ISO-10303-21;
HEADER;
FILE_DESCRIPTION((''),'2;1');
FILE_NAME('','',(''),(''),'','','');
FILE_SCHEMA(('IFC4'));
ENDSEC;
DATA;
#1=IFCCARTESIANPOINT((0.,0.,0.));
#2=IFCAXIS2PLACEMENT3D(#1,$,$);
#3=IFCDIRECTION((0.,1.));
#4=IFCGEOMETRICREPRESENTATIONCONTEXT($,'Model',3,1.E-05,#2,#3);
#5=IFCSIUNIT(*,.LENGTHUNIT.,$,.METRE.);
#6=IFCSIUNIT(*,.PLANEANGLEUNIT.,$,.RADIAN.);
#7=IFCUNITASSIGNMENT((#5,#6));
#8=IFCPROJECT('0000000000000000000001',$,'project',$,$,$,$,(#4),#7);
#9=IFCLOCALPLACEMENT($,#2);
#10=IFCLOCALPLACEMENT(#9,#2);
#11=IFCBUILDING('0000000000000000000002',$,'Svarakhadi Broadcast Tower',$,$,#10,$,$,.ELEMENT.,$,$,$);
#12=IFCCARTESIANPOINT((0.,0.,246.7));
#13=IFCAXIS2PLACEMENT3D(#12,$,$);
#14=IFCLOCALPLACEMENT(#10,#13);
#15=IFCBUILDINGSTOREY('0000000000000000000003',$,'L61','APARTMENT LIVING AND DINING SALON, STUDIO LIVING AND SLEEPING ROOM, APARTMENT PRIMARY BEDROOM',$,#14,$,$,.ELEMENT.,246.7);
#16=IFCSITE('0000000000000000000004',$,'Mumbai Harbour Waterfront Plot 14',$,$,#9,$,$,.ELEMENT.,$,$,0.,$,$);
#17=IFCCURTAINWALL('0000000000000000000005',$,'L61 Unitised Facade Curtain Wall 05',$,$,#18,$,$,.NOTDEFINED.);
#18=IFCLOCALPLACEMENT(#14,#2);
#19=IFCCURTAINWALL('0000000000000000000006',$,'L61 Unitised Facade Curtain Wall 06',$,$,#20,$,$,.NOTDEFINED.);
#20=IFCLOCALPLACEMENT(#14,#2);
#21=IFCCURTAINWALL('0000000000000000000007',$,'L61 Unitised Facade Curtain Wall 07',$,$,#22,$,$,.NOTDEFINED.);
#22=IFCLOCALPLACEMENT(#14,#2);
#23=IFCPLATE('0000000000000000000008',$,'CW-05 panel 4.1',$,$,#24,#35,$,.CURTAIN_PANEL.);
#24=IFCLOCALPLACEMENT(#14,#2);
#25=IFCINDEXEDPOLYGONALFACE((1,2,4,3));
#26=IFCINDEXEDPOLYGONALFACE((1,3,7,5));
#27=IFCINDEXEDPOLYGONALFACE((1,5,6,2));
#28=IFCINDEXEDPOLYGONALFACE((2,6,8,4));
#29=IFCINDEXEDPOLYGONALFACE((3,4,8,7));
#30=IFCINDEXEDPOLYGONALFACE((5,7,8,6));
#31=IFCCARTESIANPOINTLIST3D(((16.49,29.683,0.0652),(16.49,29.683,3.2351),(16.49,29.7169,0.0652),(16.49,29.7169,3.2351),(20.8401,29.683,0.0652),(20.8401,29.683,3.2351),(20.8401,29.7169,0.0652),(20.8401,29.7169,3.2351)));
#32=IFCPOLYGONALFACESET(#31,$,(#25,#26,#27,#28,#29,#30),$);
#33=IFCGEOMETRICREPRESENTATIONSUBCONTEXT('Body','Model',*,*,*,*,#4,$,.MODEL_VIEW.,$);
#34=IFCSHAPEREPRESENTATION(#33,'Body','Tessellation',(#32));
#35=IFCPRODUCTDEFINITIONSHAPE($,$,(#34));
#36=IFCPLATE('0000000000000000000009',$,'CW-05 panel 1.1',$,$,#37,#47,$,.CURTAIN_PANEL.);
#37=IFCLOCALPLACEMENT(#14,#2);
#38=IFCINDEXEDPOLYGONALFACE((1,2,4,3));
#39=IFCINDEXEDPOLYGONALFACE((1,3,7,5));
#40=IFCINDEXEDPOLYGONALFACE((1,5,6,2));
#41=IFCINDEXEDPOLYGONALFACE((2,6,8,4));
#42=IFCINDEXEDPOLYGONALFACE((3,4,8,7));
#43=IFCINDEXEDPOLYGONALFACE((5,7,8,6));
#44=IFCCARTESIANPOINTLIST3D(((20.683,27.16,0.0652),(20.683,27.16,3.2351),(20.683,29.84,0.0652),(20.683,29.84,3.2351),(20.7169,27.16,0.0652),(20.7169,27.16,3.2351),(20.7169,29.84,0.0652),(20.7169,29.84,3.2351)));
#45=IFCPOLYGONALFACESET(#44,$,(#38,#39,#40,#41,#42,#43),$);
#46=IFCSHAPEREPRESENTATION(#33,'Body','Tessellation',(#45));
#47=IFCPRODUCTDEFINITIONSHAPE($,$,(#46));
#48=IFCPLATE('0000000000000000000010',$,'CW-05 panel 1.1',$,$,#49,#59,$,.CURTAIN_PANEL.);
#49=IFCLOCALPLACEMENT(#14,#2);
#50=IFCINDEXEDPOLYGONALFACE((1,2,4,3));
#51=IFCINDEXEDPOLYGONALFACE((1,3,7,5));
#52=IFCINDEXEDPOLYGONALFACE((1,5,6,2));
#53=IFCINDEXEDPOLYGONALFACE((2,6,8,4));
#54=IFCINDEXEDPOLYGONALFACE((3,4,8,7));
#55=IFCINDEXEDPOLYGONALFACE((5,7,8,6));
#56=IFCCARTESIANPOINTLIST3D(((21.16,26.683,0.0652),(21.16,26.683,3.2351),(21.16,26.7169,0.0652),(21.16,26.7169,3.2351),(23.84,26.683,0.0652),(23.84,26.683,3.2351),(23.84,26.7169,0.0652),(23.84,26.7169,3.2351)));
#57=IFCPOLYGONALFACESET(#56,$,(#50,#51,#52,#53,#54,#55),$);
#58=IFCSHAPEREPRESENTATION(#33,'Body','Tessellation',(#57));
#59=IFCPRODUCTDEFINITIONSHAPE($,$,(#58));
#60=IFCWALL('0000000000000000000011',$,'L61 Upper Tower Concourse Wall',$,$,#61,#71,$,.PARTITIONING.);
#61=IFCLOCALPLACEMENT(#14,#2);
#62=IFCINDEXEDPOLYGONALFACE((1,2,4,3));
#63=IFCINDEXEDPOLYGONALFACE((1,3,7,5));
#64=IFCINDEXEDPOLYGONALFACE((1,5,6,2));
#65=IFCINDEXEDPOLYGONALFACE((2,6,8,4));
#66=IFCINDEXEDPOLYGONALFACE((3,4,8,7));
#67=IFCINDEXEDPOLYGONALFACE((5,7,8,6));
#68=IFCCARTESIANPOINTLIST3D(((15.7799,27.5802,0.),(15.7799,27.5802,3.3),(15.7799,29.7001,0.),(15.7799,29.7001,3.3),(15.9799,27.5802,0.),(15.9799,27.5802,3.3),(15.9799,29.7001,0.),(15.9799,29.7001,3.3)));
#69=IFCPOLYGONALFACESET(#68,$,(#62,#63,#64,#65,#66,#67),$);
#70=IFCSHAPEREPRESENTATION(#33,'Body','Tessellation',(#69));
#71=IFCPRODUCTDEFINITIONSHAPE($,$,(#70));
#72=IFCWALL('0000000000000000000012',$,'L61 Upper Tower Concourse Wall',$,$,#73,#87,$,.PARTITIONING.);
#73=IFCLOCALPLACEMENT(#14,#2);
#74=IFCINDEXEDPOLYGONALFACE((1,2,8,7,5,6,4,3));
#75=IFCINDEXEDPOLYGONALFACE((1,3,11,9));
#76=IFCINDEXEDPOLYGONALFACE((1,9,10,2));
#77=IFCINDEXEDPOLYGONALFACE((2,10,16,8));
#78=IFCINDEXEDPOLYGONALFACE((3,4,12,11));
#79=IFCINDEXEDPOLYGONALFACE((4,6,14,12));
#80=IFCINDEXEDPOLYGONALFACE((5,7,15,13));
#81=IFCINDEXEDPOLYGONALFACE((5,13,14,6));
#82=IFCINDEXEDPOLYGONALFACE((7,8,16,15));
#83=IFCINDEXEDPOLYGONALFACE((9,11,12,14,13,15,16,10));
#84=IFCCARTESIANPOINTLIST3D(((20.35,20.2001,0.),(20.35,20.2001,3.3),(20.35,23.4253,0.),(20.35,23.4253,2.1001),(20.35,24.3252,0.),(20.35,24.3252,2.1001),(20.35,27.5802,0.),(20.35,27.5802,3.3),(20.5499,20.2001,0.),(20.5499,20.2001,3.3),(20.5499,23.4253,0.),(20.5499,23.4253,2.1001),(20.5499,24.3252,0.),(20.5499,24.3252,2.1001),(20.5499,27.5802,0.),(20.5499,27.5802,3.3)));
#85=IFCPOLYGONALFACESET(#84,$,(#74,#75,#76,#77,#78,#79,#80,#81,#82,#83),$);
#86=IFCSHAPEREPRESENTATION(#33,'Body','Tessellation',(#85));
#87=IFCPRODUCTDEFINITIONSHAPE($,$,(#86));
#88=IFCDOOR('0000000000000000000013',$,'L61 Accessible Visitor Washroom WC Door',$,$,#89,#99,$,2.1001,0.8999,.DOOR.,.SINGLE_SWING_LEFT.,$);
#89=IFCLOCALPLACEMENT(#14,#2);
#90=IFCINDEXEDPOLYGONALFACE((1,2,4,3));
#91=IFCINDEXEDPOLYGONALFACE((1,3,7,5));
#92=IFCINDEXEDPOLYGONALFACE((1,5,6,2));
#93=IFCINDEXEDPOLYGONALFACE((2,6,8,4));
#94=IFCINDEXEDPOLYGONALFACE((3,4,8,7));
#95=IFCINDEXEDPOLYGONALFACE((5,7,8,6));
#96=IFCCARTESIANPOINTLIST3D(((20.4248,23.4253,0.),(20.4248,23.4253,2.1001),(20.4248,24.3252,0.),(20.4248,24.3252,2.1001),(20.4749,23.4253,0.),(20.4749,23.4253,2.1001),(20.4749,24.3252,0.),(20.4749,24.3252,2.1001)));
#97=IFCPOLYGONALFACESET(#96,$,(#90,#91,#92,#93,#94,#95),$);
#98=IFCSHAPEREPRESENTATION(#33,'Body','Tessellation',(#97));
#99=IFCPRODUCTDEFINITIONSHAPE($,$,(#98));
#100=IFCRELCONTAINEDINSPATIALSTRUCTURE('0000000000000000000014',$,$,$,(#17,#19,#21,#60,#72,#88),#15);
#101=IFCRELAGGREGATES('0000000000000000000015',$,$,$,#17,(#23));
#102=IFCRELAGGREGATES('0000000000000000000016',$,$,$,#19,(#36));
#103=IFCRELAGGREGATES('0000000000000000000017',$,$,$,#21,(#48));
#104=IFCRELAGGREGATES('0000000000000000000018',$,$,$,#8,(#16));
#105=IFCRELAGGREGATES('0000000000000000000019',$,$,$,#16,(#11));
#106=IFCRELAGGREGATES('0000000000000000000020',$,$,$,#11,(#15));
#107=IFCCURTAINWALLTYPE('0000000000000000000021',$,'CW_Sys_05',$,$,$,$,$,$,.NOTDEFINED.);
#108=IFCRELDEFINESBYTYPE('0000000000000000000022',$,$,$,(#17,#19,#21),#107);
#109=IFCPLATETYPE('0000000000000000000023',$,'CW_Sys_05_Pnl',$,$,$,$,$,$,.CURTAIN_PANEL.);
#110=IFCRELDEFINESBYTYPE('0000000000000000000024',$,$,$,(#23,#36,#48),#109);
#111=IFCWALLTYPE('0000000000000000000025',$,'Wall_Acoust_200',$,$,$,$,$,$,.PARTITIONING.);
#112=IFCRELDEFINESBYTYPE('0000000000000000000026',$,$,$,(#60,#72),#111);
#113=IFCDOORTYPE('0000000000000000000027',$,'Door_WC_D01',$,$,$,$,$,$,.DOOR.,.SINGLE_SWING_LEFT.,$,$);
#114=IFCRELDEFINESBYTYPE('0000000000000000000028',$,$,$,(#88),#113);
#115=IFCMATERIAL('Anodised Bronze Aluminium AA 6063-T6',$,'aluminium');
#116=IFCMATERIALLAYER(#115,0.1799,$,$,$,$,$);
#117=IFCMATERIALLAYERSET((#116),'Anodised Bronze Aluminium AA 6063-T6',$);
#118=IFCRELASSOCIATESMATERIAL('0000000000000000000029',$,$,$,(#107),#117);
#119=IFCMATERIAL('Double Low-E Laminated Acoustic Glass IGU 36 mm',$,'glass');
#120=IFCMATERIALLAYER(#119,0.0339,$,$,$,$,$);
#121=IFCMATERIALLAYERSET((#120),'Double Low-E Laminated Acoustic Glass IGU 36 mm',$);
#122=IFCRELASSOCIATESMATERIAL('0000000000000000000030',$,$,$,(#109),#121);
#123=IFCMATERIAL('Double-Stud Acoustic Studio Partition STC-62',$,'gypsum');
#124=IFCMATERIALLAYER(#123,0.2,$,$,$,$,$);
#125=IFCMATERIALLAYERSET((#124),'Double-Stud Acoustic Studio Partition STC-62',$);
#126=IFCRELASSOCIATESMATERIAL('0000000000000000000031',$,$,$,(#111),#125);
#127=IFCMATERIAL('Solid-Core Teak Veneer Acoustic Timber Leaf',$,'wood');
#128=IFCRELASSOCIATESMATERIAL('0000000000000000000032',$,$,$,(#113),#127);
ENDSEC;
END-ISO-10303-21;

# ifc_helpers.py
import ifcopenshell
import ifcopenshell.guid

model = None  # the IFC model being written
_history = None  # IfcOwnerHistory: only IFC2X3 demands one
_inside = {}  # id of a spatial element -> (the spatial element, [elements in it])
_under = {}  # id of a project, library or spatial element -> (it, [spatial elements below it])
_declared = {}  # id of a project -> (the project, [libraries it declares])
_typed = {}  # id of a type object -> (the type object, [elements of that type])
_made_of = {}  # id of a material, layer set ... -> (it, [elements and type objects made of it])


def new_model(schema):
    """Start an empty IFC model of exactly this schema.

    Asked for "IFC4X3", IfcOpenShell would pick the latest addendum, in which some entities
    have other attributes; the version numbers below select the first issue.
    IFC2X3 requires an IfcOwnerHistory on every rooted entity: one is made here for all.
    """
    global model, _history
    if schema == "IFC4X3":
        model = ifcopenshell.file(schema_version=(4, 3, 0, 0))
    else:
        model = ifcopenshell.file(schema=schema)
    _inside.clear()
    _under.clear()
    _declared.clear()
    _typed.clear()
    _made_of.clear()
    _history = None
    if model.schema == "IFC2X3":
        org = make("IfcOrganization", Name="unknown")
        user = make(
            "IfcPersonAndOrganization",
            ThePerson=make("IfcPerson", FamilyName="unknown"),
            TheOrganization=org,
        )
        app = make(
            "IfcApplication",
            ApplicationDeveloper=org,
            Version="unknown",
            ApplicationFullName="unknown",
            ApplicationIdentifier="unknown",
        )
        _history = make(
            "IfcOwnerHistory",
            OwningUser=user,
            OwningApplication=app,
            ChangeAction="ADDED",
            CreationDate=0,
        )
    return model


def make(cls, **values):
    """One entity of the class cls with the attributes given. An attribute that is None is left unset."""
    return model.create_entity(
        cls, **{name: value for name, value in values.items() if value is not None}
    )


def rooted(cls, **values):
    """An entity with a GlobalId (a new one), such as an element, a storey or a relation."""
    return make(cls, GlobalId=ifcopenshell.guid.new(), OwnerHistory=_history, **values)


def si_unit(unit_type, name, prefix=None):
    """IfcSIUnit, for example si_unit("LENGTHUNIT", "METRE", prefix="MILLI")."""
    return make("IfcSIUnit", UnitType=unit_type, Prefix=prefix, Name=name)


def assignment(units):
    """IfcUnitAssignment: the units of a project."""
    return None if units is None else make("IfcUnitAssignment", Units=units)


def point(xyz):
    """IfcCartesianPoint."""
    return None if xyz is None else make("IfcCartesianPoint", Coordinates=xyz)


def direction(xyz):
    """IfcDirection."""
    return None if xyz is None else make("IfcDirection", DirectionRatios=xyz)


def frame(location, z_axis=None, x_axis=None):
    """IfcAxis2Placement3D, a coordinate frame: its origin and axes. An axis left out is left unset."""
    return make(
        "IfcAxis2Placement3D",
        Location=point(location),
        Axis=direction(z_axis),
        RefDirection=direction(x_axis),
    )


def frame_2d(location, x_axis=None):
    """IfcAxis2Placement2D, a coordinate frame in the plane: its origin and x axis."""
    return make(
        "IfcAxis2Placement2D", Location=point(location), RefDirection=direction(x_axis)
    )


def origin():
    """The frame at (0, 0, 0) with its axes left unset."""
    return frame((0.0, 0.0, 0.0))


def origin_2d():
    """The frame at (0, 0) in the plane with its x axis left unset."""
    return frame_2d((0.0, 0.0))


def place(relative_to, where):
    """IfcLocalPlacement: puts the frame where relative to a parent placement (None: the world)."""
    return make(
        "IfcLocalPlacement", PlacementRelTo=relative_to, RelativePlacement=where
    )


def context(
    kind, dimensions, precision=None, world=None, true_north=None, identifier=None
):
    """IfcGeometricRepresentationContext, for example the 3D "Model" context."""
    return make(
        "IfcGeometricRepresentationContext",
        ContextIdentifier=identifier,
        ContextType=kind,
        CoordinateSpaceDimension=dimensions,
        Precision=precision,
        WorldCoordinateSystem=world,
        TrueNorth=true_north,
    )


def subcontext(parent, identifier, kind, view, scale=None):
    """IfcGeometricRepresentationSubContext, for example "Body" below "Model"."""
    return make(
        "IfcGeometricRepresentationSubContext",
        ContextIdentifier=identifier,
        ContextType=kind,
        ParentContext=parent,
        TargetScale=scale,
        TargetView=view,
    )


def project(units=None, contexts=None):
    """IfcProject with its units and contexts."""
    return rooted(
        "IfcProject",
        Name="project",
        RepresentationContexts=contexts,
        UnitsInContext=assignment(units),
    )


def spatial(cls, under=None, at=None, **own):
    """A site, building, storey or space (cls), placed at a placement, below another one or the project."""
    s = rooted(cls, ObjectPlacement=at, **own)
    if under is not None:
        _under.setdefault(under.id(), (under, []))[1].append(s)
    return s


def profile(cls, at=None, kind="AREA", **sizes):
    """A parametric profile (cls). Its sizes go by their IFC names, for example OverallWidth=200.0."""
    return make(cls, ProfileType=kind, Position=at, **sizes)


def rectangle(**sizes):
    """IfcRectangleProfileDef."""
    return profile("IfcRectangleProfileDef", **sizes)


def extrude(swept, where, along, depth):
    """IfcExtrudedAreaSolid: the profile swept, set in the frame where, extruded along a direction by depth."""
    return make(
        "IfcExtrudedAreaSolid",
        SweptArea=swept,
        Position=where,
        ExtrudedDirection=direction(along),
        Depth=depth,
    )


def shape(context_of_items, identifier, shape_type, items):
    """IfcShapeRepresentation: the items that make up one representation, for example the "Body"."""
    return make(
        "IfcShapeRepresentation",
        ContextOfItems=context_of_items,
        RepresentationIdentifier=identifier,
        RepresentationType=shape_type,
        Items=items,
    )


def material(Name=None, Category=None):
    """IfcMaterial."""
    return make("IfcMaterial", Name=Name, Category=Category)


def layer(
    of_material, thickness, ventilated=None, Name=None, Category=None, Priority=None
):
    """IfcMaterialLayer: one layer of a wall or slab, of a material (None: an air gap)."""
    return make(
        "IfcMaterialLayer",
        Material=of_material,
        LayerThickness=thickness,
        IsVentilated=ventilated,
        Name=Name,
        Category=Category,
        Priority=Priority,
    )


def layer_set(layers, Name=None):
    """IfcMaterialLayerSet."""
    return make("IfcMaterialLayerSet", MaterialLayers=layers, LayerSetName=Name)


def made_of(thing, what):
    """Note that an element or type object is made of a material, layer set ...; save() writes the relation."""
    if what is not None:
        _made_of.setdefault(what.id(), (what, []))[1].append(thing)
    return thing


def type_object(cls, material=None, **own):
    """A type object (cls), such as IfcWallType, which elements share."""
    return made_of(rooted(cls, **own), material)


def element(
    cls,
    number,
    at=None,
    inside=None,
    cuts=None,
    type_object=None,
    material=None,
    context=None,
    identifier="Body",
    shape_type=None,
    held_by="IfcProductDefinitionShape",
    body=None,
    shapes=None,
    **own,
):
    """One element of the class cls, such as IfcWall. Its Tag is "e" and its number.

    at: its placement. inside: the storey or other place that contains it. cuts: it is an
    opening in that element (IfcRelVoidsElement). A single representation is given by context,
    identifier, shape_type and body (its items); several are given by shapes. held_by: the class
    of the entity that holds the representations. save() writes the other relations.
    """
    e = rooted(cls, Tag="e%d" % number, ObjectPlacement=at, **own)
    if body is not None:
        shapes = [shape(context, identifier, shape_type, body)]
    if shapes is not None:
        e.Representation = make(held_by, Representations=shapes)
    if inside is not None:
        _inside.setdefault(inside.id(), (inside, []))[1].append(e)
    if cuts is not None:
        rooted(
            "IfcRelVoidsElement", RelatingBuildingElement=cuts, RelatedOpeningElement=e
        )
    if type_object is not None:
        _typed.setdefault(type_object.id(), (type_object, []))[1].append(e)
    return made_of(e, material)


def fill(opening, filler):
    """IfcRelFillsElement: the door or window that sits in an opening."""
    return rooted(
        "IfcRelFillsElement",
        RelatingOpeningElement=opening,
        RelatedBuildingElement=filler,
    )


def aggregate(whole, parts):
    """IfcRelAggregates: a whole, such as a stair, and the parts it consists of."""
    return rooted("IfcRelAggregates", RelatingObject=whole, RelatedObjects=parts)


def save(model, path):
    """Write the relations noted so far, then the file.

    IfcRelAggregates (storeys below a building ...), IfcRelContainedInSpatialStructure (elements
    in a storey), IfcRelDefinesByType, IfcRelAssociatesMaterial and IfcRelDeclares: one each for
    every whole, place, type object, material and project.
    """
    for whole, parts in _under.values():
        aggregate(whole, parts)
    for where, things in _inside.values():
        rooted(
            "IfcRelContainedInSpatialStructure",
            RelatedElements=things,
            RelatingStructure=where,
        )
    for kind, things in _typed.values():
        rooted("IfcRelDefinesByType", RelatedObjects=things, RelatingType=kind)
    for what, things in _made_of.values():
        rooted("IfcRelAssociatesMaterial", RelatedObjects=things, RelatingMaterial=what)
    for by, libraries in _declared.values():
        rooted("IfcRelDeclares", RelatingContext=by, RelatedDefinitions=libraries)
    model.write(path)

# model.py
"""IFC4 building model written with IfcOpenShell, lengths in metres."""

from ifc_helpers import new_model, si_unit, direction, frame, frame_2d, origin, origin_2d, place, context, subcontext, project, spatial, rectangle, extrude, material, layer, layer_set, type_object, element, fill, aggregate, save


model = new_model("IFC4")

# Units and contexts
model_context = context("Model", 3, precision=1e-05, world=origin(), true_north=direction((0.0, 1.0)))
body_context = subcontext(model_context, "Body", "Model", "MODEL_VIEW")
ifc_project = project(units=[si_unit("LENGTHUNIT", "METRE"), si_unit("PLANEANGLEUNIT", "RADIAN")], contexts=[model_context])

# Site, building, storey
site_placement = place(None, origin())
site = spatial("IfcSite", under=ifc_project, at=site_placement, Name="Mumbai Harbour Waterfront Plot 14", CompositionType="ELEMENT", RefElevation=0.0)
building_placement = place(site_placement, origin())
building = spatial("IfcBuilding", under=site, at=building_placement, Name="Svarakhadi Broadcast Tower", CompositionType="ELEMENT")
storey_placement = place(building_placement, frame((0.0, 0.0, 246.7)))
storey = spatial("IfcBuildingStorey", under=building, at=storey_placement, Name="L61", Description="APARTMENT LIVING AND DINING SALON, STUDIO LIVING AND SLEEPING ROOM, APARTMENT PRIMARY BEDROOM", CompositionType="ELEMENT", Elevation=246.7)

# Curtain walls
ifc_material_1 = material(Name="Anodised Bronze Aluminium AA 6063-T6", Category="aluminium")
ifc_layer_1 = layer(ifc_material_1, 0.1799)
ifc_layer_set_1 = layer_set([ifc_layer_1], Name="Anodised Bronze Aluminium AA 6063-T6")
curtain_wall_type = type_object("IfcCurtainWallType", Name="CW_Sys_05", PredefinedType="NOTDEFINED", material=ifc_layer_set_1)
curtain_wall_1_placement = place(storey_placement, origin())
curtain_wall_1 = element("IfcCurtainWall", 1, at=curtain_wall_1_placement, inside=storey, type_object=curtain_wall_type, Name="L61 Unitised Facade Curtain Wall 05", PredefinedType="NOTDEFINED")
curtain_wall_2_placement = place(storey_placement, origin())
curtain_wall_2 = element("IfcCurtainWall", 2, at=curtain_wall_2_placement, inside=storey, type_object=curtain_wall_type, Name="L61 Unitised Facade Curtain Wall 06", PredefinedType="NOTDEFINED")

# Curtain wall
curtain_wall_3_placement = place(storey_placement, origin())
curtain_wall_3 = element("IfcCurtainWall", 3, at=curtain_wall_3_placement, inside=storey, type_object=curtain_wall_type, Name="L61 Unitised Facade Curtain Wall 07", PredefinedType="NOTDEFINED")

# Plates
ifc_material_2 = material(Name="Double Low-E Laminated Acoustic Glass IGU 36 mm", Category="glass")
ifc_layer_2 = layer(ifc_material_2, 0.0339)
ifc_layer_set_2 = layer_set([ifc_layer_2], Name="Double Low-E Laminated Acoustic Glass IGU 36 mm")
plate_type = type_object("IfcPlateType", Name="CW_Sys_05_Pnl", PredefinedType="CURTAIN_PANEL", material=ifc_layer_set_2)
plate_1_placement = place(storey_placement, frame((18.665, 29.7, 0.0652), z_axis=(0.0, 0.0, 1.0), x_axis=(1.0, 0.0, 0.0)))
plate_1 = element("IfcPlate", 4, at=plate_1_placement, type_object=plate_type, Name="CW-05 panel 4.1", PredefinedType="CURTAIN_PANEL", context=body_context, shape_type="SweptSolid", body=[
    extrude(rectangle(XDim=4.3501, YDim=0.0339, at=origin_2d()), origin(), (0.0, 0.0, 1.0), 3.1699),
])
aggregate(curtain_wall_1, [plate_1])
plate_2_placement = place(storey_placement, frame((20.7, 28.5, 0.0652), z_axis=(0.0, 0.0, 1.0), x_axis=(0.0, -1.0, 0.0)))
plate_2 = element("IfcPlate", 5, at=plate_2_placement, type_object=plate_type, Name="CW-05 panel 1.1", PredefinedType="CURTAIN_PANEL", context=body_context, shape_type="SweptSolid", body=[
    extrude(rectangle(XDim=2.6799, YDim=0.0339, at=origin_2d()), origin(), (0.0, 0.0, 1.0), 3.1699),
])
aggregate(curtain_wall_2, [plate_2])
plate_3_placement = place(storey_placement, frame((22.5, 26.7, 0.0652), z_axis=(0.0, 0.0, 1.0), x_axis=(1.0, 0.0, 0.0)))
plate_3 = element("IfcPlate", 6, at=plate_3_placement, type_object=plate_type, Name="CW-05 panel 1.1", PredefinedType="CURTAIN_PANEL", context=body_context, shape_type="SweptSolid", body=[
    extrude(rectangle(XDim=2.6799, YDim=0.0339, at=origin_2d()), origin(), (0.0, 0.0, 1.0), 3.1699),
])
aggregate(curtain_wall_3, [plate_3])

# Wall
ifc_material_3 = material(Name="Double-Stud Acoustic Studio Partition STC-62", Category="gypsum")
ifc_layer_3 = layer(ifc_material_3, 0.2)
ifc_layer_set_3 = layer_set([ifc_layer_3], Name="Double-Stud Acoustic Studio Partition STC-62")
wall_type = type_object("IfcWallType", Name="Wall_Acoust_200", PredefinedType="PARTITIONING", material=ifc_layer_set_3)
wall_1_placement = place(storey_placement, frame((15.8799, 27.5801, 0.0), z_axis=(0.0, 0.0, 1.0), x_axis=(0.0, 1.0, 0.0)))
element("IfcWall", 7, at=wall_1_placement, inside=storey, type_object=wall_type, Name="L61 Upper Tower Concourse Wall", PredefinedType="PARTITIONING", context=body_context, shape_type="SweptSolid", body=[
    extrude(rectangle(XDim=2.1199, YDim=0.2, at=frame_2d((1.0601, 0.0))), origin(), (0.0, 0.0, 1.0), 3.3),
])

# Wall, opening, door
wall_2_placement = place(storey_placement, frame((20.45, 27.5801, 0.0), z_axis=(0.0, 0.0, 1.0), x_axis=(0.0, -1.0, 0.0)))
wall_2 = element("IfcWall", 8, at=wall_2_placement, inside=storey, type_object=wall_type, Name="L61 Upper Tower Concourse Wall", PredefinedType="PARTITIONING", context=body_context, shape_type="SweptSolid", body=[
    extrude(rectangle(XDim=7.3801, YDim=0.2, at=frame_2d((3.6899, 0.0))), origin(), (0.0, 0.0, 1.0), 3.3),
])
opening_placement = place(wall_2_placement, frame((3.2549, 0.0, 0.0)))
opening = element("IfcOpeningElement", 9, at=opening_placement, cuts=wall_2, PredefinedType="OPENING", context=body_context, shape_type="SweptSolid", body=[
    extrude(rectangle(XDim=0.8999, YDim=2.1001, at=frame_2d((0.45, 1.05))), frame((0.0, 0.1099, 0.0), z_axis=(0.0, -1.0, 0.0), x_axis=(1.0, 0.0, 0.0)), (0.0, 0.0, 1.0), 0.22),
])
ifc_material_4 = material(Name="Solid-Core Teak Veneer Acoustic Timber Leaf", Category="wood")
door_type = type_object("IfcDoorType", Name="Door_WC_D01", OperationType="SINGLE_SWING_LEFT", PredefinedType="DOOR", material=ifc_material_4)
door_placement = place(opening_placement, origin())
door = element("IfcDoor", 10, at=door_placement, inside=storey, type_object=door_type, Name="L61 Accessible Visitor Washroom WC Door", OperationType="SINGLE_SWING_LEFT", OverallHeight=2.1001, OverallWidth=0.8999, PredefinedType="DOOR", context=body_context, shape_type="SweptSolid", body=[
    extrude(rectangle(XDim=0.8999, YDim=2.1001, at=frame_2d((0.45, 1.05))), frame((0.0, 0.0249, 0.0), z_axis=(0.0, -1.0, 0.0), x_axis=(1.0, 0.0, 0.0)), (0.0, 0.0, 1.0), 0.05),
])
fill(opening, door)

save(model, "model.ifc")
